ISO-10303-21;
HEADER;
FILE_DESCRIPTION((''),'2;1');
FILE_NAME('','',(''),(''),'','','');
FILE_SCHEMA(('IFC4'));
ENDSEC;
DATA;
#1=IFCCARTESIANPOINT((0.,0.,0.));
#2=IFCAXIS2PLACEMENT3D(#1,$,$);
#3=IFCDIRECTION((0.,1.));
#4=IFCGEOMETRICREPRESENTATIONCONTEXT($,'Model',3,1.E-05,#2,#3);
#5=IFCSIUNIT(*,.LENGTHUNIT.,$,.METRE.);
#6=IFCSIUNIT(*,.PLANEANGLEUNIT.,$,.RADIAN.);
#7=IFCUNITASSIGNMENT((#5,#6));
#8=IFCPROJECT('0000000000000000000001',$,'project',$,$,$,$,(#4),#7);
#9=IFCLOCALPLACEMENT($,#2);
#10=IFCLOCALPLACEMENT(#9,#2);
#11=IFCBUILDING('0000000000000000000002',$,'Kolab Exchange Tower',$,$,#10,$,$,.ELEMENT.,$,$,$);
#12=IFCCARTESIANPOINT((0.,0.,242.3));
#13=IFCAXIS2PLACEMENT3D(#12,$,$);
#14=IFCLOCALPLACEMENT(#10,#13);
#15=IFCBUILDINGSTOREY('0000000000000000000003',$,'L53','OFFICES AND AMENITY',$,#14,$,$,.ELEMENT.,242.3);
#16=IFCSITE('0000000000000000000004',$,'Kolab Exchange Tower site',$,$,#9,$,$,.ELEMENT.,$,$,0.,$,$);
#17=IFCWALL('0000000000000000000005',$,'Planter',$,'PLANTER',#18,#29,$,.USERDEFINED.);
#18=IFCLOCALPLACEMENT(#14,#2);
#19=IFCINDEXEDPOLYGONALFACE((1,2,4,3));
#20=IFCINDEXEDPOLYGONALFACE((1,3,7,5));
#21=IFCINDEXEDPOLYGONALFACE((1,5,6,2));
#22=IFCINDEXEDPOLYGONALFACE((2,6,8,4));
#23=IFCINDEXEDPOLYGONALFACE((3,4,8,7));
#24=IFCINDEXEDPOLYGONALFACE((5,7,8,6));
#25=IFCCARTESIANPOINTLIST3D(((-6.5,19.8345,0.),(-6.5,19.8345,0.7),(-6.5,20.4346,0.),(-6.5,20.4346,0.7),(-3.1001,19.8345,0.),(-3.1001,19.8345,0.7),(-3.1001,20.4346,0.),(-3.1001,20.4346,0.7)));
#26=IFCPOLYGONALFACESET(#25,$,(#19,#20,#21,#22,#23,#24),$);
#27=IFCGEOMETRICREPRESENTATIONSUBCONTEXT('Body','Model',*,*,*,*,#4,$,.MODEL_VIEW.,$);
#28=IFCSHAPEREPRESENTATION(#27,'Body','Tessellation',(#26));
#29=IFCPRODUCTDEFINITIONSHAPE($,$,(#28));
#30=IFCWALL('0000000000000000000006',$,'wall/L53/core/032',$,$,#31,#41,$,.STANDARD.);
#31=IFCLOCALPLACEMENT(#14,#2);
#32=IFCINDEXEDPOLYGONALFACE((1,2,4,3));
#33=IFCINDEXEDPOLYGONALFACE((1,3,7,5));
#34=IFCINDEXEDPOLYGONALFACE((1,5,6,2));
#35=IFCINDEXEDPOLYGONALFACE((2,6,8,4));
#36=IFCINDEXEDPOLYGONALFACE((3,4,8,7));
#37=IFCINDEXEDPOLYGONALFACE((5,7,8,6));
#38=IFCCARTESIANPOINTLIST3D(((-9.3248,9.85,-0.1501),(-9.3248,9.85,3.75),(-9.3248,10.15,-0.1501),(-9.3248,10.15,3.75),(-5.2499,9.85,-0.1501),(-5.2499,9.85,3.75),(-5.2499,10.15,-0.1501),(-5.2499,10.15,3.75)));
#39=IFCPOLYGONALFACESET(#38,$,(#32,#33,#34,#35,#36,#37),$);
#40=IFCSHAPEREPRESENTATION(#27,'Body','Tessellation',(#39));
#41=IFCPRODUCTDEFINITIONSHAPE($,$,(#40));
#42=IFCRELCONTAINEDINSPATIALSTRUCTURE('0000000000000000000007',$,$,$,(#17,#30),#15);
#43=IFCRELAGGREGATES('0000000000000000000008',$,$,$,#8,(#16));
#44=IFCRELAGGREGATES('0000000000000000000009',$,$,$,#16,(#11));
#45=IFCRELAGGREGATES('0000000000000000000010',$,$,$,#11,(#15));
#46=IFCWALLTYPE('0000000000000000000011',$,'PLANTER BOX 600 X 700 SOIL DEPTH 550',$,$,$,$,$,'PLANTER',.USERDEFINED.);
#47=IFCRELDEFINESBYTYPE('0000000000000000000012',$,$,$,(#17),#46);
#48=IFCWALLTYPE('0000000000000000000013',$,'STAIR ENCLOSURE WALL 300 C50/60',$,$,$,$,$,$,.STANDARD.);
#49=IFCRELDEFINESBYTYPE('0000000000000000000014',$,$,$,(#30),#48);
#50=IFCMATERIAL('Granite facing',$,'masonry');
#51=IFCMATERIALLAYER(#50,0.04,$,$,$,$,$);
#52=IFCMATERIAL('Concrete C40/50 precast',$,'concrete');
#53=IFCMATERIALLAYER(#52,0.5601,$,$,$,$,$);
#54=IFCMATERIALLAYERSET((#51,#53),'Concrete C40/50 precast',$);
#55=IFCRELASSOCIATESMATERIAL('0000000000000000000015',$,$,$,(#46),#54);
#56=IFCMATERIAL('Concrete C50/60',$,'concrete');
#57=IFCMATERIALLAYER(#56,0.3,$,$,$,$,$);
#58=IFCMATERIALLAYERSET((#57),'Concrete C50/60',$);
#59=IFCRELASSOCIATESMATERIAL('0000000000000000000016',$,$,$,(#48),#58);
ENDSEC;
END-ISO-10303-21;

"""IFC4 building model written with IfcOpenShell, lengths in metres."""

from ifc_helpers import new_model, si_unit, direction, frame, frame_2d, origin, place, context, subcontext, project, spatial, rectangle, extrude, material, layer, layer_set, type_object, element, save


model = new_model("IFC4")

# Units and contexts
model_context = context("Model", 3, precision=1e-05, world=origin(), true_north=direction((0.0, 1.0)))
body_context = subcontext(model_context, "Body", "Model", "MODEL_VIEW")
ifc_project = project(units=[si_unit("LENGTHUNIT", "METRE"), si_unit("PLANEANGLEUNIT", "RADIAN")], contexts=[model_context])

# Site, building, storey
site_placement = place(None, origin())
site = spatial("IfcSite", under=ifc_project, at=site_placement, Name="Kolab Exchange Tower site", CompositionType="ELEMENT", RefElevation=0.0)
building_placement = place(site_placement, origin())
building = spatial("IfcBuilding", under=site, at=building_placement, Name="Kolab Exchange Tower", CompositionType="ELEMENT")
storey_placement = place(building_placement, frame((0.0, 0.0, 242.3)))
storey = spatial("IfcBuildingStorey", under=building, at=storey_placement, Name="L53", Description="OFFICES AND AMENITY", CompositionType="ELEMENT", Elevation=242.3)

# Shared definitions
ifc_material_1 = material(Name="Concrete C50/60", Category="concrete")

# Walls
ifc_material_2 = material(Name="Granite facing", Category="masonry")
ifc_layer_1 = layer(ifc_material_2, 0.04)
ifc_material_3 = material(Name="Concrete C40/50 precast", Category="concrete")
ifc_layer_2 = layer(ifc_material_3, 0.5601)
ifc_layer_set_1 = layer_set([ifc_layer_1, ifc_layer_2], Name="Concrete C40/50 precast")
wall_type_1 = type_object("IfcWallType", Name="PLANTER BOX 600 X 700 SOIL DEPTH 550", ElementType="PLANTER", PredefinedType="USERDEFINED", material=ifc_layer_set_1)
wall_1_placement = place(storey_placement, frame((-6.5, 20.1345, 0.0), z_axis=(0.0, 0.0, 1.0), x_axis=(1.0, 0.0, 0.0)))
element("IfcWall", 1, at=wall_1_placement, inside=storey, type_object=wall_type_1, Name="Planter", ObjectType="PLANTER", PredefinedType="USERDEFINED", context=body_context, shape_type="SweptSolid", body=[
    extrude(rectangle(XDim=3.3999, YDim=0.6001, at=frame_2d((1.7, 0.0))), origin(), (0.0, 0.0, 1.0), 0.7),
])
ifc_layer_3 = layer(ifc_material_1, 0.3)
ifc_layer_set_2 = layer_set([ifc_layer_3], Name="Concrete C50/60")
wall_type_2 = type_object("IfcWallType", Name="STAIR ENCLOSURE WALL 300 C50/60", PredefinedType="STANDARD", material=ifc_layer_set_2)
wall_2_placement = place(storey_placement, frame((-9.325, 10.0, -0.1501), z_axis=(0.0, 0.0, 1.0), x_axis=(1.0, 0.0, 0.0)))
element("IfcWall", 2, at=wall_2_placement, inside=storey, type_object=wall_type_2, Name="wall/L53/core/032", PredefinedType="STANDARD", context=body_context, shape_type="SweptSolid", body=[
    extrude(rectangle(XDim=4.075, YDim=0.3, at=frame_2d((2.0376, 0.0))), origin(), (0.0, 0.0, 1.0), 3.9001),
])

save(model, "model.ifc")
